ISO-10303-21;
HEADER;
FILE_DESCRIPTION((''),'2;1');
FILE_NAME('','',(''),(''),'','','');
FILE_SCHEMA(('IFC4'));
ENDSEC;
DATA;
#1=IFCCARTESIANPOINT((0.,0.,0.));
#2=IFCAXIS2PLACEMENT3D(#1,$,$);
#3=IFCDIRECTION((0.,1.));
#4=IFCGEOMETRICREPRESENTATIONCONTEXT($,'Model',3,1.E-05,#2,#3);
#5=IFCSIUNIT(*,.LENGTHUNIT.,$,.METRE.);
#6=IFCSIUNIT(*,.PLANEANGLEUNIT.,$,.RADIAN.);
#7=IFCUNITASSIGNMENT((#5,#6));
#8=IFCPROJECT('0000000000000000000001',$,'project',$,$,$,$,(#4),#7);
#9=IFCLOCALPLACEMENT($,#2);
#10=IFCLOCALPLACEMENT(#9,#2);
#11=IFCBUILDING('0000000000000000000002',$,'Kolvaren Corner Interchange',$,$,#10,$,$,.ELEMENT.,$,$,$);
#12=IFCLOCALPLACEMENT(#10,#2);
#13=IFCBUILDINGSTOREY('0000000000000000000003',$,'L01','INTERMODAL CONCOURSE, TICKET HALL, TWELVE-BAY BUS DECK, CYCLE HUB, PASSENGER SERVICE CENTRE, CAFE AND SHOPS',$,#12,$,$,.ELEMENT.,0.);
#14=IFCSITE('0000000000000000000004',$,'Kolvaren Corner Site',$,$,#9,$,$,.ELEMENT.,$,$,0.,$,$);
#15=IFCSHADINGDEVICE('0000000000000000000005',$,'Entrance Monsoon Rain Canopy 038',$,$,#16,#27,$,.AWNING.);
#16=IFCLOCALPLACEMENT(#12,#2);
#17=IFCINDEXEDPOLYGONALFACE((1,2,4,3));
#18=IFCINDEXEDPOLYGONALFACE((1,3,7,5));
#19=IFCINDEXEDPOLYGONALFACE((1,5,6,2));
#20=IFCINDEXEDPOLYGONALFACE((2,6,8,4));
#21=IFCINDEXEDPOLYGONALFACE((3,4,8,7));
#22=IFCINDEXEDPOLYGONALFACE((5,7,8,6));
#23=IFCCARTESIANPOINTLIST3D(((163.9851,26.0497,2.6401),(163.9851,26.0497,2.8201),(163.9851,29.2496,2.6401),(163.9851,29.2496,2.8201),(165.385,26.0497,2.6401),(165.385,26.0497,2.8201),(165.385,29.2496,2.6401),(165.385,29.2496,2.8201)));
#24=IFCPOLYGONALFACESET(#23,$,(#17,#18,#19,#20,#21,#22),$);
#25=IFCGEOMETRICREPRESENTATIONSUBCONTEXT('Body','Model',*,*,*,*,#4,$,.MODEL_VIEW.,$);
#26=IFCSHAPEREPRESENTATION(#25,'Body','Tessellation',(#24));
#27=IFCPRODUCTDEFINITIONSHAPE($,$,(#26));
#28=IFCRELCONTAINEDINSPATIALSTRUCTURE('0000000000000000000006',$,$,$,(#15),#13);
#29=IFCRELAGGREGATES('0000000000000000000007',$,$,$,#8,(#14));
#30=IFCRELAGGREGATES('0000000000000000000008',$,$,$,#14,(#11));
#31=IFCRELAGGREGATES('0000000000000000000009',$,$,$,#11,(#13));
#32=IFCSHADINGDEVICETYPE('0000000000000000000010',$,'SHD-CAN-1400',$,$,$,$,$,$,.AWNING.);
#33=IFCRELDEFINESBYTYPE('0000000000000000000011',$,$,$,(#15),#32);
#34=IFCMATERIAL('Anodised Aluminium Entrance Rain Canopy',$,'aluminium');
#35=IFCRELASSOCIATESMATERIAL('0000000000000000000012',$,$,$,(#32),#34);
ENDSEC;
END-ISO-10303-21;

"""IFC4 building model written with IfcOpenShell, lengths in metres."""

from ifc_helpers import new_model, si_unit, direction, frame, origin, origin_2d, place, context, subcontext, project, spatial, rectangle, extrude, material, type_object, element, save


model = new_model("IFC4")

# Units and contexts
model_context = context("Model", 3, precision=1e-05, world=origin(), true_north=direction((0.0, 1.0)))
body_context = subcontext(model_context, "Body", "Model", "MODEL_VIEW")
ifc_project = project(units=[si_unit("LENGTHUNIT", "METRE"), si_unit("PLANEANGLEUNIT", "RADIAN")], contexts=[model_context])

# Site, building, storey
site_placement = place(None, origin())
site = spatial("IfcSite", under=ifc_project, at=site_placement, Name="Kolvaren Corner Site", CompositionType="ELEMENT", RefElevation=0.0)
building_placement = place(site_placement, origin())
building = spatial("IfcBuilding", under=site, at=building_placement, Name="Kolvaren Corner Interchange", CompositionType="ELEMENT")
storey_placement = place(building_placement, origin())
storey = spatial("IfcBuildingStorey", under=building, at=storey_placement, Name="L01", Description="INTERMODAL CONCOURSE, TICKET HALL, TWELVE-BAY BUS DECK, CYCLE HUB, PASSENGER SERVICE CENTRE, CAFE AND SHOPS", CompositionType="ELEMENT", Elevation=0.0)

# Shading device
ifc_material_1 = material(Name="Anodised Aluminium Entrance Rain Canopy", Category="aluminium")
shading_device_type = type_object("IfcShadingDeviceType", Name="SHD-CAN-1400", PredefinedType="AWNING", material=ifc_material_1)
shading_device_placement = place(storey_placement, frame((164.6851, 27.6497, 2.6401), z_axis=(0.0, 0.0, 1.0), x_axis=(0.0, 1.0, 0.0)))
element("IfcShadingDevice", 1, at=shading_device_placement, inside=storey, type_object=shading_device_type, Name="Entrance Monsoon Rain Canopy 038", PredefinedType="AWNING", context=body_context, shape_type="SweptSolid", body=[
    extrude(rectangle(XDim=3.2, YDim=1.3999, at=origin_2d()), origin(), (0.0, 0.0, 1.0), 0.1799),
])

save(model, "model.ifc")
